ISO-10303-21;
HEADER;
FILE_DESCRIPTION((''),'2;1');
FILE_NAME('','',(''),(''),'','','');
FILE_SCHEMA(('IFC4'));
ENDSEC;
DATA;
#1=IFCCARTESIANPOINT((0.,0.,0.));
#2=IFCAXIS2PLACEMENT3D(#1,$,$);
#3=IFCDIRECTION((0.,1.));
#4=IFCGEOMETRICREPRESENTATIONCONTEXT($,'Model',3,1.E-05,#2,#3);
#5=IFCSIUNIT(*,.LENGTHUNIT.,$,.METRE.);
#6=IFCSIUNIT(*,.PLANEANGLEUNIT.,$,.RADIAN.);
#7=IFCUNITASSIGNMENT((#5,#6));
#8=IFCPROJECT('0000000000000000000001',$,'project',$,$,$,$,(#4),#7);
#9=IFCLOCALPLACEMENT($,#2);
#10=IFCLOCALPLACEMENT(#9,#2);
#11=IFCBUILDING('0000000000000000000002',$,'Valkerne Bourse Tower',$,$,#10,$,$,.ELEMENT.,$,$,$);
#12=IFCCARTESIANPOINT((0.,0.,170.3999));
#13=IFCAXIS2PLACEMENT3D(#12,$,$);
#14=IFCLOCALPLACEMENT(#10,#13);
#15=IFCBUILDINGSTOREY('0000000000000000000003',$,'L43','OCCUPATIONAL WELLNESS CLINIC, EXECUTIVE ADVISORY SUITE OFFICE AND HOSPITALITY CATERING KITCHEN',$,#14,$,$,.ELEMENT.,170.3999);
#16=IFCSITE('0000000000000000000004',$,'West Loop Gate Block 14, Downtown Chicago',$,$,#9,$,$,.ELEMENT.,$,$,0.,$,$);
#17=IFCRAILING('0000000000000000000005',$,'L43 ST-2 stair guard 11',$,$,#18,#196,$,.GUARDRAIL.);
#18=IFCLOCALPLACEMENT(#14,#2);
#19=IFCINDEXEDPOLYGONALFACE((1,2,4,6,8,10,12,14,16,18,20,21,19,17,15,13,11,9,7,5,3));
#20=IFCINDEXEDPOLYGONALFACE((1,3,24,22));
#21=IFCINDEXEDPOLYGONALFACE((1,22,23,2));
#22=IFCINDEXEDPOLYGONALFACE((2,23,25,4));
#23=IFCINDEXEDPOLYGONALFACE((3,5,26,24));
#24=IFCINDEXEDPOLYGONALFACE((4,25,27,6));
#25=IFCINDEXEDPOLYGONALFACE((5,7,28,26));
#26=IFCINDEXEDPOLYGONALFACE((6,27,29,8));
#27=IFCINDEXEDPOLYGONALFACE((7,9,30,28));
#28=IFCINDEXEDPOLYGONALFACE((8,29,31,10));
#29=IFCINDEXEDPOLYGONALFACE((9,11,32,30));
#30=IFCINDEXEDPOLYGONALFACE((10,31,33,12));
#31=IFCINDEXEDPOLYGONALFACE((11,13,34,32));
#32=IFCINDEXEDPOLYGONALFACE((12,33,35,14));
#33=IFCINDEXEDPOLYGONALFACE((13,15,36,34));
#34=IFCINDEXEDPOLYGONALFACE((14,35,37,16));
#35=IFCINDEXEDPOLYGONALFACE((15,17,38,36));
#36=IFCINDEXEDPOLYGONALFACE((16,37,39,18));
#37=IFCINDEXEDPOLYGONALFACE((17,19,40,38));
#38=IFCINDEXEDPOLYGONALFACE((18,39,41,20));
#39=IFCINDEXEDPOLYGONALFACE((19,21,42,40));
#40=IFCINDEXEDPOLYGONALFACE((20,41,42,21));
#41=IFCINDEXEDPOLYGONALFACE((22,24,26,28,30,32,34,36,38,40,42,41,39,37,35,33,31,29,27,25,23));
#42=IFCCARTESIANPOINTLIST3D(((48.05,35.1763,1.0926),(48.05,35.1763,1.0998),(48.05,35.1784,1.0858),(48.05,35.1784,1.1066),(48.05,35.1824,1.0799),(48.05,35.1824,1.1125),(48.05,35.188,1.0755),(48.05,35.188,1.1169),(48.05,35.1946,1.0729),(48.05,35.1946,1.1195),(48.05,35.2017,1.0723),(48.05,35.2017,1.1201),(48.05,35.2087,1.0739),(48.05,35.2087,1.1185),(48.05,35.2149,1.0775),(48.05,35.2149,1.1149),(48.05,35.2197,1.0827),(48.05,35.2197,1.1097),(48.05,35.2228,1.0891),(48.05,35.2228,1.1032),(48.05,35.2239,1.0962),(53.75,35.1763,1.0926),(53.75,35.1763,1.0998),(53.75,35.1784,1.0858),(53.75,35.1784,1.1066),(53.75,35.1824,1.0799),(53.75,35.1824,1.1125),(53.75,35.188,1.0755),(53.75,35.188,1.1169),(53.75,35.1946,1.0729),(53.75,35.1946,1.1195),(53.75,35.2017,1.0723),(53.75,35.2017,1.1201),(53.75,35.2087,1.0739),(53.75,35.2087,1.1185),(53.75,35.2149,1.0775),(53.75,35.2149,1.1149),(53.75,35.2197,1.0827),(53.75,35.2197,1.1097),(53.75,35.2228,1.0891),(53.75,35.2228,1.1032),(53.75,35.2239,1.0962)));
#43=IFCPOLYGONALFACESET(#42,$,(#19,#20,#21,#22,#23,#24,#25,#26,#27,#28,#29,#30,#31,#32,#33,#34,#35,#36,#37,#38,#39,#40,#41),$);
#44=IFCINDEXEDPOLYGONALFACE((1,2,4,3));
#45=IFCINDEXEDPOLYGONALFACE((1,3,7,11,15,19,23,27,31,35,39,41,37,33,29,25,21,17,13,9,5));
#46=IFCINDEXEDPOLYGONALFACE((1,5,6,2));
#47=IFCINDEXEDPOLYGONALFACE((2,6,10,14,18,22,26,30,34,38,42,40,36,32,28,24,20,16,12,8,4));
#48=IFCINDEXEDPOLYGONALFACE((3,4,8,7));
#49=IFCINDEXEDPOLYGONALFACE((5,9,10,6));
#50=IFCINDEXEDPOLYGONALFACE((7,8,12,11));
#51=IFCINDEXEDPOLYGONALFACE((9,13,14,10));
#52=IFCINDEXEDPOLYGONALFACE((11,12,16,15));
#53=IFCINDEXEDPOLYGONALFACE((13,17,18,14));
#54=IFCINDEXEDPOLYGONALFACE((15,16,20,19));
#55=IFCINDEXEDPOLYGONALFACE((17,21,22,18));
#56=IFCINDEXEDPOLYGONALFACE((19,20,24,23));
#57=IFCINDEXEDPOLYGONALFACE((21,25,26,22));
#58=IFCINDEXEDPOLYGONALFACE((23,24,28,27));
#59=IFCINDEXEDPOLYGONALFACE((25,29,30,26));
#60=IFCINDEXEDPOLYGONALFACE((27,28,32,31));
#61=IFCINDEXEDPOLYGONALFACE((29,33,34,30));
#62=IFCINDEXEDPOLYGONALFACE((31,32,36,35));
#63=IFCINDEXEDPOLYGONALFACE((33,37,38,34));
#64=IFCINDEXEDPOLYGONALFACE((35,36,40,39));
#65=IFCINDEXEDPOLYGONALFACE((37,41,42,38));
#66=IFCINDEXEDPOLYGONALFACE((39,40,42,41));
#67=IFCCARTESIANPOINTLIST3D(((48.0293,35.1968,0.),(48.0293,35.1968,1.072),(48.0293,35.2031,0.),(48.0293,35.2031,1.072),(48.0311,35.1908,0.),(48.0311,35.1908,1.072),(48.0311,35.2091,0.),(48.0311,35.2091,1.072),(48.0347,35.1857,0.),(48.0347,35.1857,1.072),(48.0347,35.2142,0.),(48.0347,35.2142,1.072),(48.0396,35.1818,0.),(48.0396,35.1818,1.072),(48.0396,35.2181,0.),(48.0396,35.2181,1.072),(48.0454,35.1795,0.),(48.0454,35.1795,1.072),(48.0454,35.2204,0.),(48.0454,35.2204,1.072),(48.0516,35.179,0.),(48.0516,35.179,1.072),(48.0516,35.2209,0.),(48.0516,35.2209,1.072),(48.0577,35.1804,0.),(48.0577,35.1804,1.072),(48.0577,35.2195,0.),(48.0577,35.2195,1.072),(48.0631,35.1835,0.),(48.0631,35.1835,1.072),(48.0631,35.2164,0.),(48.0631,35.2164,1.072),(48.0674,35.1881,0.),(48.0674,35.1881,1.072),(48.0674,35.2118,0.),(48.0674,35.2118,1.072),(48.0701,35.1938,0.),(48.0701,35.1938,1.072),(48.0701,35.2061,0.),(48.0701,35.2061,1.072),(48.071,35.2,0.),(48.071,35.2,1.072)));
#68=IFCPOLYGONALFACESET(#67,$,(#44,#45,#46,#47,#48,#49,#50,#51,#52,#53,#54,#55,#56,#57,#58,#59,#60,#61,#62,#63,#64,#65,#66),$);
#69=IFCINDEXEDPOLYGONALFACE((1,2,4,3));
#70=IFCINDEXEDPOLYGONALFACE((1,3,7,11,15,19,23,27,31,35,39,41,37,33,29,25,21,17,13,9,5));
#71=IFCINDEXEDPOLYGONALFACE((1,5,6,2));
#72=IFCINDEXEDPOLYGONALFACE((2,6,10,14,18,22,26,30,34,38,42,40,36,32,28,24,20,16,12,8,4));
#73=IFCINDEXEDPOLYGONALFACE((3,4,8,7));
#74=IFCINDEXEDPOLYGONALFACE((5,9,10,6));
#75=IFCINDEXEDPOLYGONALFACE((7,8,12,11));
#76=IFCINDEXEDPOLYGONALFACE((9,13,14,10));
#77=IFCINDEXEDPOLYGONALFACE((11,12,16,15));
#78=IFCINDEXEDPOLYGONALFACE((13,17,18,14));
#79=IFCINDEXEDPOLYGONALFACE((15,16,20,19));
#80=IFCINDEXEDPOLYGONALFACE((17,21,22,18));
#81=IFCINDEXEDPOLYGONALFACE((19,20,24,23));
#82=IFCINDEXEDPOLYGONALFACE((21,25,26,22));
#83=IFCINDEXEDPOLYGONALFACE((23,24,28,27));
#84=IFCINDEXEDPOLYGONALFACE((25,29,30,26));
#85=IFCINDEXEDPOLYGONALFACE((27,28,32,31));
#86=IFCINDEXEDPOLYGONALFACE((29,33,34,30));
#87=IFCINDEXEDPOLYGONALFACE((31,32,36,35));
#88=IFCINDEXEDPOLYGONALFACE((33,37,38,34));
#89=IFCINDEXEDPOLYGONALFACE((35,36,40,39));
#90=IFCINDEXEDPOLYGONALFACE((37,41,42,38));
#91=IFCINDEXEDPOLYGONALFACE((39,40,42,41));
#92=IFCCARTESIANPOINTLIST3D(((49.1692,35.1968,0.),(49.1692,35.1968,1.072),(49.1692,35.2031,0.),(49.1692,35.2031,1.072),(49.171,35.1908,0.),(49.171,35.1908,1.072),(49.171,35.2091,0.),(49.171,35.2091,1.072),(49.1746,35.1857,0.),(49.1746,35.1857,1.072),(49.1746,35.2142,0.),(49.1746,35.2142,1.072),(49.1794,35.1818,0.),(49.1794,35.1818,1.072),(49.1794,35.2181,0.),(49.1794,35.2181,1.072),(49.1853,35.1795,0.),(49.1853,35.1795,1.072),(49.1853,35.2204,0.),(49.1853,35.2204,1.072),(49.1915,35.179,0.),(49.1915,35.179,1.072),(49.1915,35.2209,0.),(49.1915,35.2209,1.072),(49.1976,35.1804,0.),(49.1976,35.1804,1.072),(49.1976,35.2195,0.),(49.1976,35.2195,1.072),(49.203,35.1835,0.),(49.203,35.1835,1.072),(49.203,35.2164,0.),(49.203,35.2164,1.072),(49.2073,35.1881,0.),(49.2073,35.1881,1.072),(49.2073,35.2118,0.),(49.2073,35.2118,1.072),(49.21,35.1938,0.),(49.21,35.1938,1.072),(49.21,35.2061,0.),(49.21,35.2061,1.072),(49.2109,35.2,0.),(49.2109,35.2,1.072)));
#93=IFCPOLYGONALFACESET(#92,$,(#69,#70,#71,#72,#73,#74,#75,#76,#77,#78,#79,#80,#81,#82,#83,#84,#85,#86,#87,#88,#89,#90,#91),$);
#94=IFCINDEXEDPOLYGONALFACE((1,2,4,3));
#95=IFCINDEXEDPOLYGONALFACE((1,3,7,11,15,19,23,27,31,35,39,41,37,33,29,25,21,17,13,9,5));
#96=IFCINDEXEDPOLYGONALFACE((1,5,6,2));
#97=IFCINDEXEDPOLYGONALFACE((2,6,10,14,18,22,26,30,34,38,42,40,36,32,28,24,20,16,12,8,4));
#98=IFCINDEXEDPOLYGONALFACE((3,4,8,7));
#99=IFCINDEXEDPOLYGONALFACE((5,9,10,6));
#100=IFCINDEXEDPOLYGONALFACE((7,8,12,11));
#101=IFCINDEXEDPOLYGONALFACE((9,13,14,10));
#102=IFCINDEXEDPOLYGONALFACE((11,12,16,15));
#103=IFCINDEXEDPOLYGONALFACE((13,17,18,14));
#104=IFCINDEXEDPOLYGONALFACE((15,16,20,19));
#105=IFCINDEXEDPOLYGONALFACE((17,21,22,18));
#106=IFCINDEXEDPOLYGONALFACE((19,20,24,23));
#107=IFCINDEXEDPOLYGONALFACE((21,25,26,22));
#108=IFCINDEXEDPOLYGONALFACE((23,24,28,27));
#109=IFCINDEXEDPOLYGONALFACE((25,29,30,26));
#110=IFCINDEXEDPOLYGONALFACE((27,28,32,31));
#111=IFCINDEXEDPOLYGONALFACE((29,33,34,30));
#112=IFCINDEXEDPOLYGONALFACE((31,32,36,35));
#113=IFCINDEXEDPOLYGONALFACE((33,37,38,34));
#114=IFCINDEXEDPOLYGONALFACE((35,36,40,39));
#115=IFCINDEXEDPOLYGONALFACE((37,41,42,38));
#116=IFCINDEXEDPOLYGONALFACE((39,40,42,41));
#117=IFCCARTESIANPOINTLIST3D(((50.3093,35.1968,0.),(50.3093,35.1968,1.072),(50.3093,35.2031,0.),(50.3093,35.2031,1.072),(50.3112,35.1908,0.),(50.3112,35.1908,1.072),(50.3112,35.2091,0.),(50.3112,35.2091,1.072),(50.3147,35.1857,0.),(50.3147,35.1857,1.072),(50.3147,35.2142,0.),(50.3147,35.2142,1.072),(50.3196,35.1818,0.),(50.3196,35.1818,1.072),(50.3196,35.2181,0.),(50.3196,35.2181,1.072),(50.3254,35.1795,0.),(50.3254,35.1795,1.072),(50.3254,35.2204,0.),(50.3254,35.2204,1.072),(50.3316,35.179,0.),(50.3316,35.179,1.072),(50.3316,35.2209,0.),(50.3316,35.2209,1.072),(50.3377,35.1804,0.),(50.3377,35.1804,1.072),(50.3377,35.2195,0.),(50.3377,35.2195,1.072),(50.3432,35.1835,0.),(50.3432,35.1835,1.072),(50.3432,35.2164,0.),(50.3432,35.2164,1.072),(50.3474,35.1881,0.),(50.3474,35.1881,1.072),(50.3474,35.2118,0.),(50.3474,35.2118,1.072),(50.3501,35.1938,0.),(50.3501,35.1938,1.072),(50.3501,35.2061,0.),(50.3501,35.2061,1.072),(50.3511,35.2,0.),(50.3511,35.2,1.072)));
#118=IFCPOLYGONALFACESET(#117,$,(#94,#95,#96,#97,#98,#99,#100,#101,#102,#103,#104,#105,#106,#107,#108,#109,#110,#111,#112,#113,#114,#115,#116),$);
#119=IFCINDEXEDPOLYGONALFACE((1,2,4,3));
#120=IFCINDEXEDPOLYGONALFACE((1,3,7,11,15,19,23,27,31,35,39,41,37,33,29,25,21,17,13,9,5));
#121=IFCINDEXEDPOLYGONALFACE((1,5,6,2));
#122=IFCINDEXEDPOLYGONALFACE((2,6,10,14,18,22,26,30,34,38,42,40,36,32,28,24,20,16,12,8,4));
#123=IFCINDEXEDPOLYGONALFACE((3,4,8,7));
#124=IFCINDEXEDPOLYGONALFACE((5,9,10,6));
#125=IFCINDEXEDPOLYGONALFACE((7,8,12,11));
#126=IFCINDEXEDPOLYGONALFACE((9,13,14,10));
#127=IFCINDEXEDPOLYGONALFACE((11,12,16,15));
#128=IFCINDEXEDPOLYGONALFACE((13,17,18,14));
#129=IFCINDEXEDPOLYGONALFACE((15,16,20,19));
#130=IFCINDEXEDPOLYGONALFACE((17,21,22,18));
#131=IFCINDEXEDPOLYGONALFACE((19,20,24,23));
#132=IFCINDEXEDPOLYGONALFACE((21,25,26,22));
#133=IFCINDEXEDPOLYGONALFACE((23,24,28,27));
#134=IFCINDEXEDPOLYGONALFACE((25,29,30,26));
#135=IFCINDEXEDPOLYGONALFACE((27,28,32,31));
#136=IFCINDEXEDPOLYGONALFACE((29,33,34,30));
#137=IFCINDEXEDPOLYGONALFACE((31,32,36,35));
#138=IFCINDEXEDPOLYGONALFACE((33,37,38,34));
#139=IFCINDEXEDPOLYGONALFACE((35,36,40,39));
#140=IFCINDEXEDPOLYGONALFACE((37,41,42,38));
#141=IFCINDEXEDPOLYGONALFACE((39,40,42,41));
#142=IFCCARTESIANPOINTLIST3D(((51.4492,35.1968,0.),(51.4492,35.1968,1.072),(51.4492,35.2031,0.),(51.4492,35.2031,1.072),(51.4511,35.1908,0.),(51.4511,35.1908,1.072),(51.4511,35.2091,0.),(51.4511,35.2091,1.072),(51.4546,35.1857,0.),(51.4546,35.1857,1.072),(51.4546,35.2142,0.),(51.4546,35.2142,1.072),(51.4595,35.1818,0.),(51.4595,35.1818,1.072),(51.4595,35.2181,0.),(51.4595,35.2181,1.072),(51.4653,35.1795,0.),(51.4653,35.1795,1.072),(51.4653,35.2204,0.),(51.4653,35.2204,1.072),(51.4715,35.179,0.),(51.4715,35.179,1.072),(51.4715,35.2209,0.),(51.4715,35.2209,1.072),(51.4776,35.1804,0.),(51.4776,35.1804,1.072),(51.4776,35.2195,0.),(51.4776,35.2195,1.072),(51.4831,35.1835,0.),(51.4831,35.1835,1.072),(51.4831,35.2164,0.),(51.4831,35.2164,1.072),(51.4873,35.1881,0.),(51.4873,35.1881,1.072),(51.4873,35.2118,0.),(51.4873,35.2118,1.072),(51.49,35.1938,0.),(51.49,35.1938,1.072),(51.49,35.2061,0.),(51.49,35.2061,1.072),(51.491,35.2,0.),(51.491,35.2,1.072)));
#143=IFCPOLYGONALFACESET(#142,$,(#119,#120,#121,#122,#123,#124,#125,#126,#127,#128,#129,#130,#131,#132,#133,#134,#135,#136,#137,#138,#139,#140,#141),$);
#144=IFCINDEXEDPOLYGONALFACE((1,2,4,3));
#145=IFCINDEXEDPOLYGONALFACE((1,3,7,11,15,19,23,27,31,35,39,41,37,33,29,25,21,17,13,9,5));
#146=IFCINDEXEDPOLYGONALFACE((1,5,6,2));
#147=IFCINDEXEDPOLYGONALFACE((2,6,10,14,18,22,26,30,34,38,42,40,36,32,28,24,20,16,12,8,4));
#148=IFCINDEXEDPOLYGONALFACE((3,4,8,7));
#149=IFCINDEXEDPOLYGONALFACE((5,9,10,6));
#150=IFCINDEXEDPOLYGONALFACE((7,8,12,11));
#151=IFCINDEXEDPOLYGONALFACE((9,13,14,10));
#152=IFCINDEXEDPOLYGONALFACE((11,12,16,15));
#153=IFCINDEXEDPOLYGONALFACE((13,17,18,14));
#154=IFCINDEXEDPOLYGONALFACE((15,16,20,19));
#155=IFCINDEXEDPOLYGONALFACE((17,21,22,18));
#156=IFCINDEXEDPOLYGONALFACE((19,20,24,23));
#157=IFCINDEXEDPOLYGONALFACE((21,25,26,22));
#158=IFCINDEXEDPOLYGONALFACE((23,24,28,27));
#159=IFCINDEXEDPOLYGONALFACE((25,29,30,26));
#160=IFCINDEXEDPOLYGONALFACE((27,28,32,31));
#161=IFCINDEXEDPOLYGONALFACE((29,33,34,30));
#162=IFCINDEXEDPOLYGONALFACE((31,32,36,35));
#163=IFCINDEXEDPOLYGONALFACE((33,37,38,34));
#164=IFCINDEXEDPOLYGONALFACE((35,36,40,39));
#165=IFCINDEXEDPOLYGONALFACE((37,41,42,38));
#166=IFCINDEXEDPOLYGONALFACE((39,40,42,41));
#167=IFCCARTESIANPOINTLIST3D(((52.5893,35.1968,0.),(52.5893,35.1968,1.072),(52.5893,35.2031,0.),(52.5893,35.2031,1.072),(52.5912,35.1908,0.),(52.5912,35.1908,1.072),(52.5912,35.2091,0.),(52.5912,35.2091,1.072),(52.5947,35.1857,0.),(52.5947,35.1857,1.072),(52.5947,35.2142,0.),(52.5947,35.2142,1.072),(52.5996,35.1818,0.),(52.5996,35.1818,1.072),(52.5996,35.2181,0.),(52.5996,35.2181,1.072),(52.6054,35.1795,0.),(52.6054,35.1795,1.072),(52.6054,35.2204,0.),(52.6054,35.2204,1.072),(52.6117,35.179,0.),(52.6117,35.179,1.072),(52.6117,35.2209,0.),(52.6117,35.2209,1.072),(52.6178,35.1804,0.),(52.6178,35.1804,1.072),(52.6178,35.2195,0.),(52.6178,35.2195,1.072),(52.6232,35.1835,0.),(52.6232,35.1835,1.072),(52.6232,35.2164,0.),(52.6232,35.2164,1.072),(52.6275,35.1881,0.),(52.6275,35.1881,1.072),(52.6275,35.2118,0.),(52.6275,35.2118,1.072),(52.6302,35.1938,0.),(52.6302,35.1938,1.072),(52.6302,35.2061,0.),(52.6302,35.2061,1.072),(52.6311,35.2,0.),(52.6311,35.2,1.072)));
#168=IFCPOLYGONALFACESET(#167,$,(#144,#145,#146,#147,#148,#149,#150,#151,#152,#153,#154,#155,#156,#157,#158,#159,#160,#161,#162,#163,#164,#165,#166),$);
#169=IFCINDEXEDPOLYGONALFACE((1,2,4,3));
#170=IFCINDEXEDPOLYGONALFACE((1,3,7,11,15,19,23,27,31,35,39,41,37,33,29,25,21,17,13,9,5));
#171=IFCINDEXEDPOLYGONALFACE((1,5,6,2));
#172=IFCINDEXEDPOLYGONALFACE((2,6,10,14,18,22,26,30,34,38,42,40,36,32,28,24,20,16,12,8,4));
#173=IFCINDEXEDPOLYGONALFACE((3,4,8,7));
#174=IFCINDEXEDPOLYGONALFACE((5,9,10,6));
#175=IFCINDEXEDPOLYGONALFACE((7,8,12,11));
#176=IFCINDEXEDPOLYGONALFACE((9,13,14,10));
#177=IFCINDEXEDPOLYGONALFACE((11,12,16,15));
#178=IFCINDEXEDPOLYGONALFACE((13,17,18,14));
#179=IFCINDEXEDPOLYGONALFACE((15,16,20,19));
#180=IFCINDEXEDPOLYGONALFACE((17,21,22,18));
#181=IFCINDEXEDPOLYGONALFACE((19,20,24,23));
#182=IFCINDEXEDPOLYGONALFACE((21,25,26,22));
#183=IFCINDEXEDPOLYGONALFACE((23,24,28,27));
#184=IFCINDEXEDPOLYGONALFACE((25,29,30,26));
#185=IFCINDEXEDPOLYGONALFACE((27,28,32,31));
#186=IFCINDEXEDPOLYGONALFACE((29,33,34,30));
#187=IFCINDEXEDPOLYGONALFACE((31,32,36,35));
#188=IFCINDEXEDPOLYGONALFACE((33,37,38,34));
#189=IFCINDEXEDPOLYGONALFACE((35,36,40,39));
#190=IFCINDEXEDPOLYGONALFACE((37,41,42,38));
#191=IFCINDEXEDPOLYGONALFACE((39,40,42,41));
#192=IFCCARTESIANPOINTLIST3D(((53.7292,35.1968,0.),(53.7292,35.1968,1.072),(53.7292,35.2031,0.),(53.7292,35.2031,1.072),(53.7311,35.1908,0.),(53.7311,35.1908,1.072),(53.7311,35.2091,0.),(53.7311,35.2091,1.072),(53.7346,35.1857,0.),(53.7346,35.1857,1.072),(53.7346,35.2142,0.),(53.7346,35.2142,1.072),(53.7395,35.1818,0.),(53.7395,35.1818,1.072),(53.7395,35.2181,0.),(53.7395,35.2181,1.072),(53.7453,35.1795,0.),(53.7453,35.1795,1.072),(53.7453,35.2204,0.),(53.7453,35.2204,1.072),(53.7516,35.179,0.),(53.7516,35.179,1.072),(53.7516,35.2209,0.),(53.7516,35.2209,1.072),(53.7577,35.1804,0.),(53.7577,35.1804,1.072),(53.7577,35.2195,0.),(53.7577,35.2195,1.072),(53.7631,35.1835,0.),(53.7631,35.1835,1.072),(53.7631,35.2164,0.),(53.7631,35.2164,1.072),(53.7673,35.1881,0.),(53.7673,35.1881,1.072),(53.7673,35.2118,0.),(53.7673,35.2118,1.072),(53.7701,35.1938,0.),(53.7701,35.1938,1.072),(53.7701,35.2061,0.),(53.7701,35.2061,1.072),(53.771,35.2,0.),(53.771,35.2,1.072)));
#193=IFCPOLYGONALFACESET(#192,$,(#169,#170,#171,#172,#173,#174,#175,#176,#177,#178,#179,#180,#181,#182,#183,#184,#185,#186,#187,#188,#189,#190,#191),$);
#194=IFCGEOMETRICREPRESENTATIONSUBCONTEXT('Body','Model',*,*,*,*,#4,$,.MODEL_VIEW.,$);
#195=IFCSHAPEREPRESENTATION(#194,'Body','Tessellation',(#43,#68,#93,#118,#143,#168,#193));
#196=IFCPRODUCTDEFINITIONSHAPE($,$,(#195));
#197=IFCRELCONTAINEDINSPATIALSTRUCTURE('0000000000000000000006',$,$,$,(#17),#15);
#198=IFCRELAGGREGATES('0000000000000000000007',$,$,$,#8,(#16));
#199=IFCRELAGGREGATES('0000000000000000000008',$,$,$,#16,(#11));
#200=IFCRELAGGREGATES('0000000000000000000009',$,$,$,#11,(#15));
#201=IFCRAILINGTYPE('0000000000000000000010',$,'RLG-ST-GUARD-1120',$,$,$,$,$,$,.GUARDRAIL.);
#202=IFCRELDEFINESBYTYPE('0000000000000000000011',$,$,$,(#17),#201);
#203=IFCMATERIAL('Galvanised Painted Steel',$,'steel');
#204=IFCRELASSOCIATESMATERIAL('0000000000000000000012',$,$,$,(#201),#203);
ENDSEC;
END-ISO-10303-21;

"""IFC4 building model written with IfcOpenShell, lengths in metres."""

from ifc_helpers import new_model, si_unit, direction, frame, origin, origin_2d, place, context, subcontext, project, spatial, circle, extrude, material, type_object, element, save


model = new_model("IFC4")

# Units and contexts
model_context = context("Model", 3, precision=1e-05, world=origin(), true_north=direction((0.0, 1.0)))
body_context = subcontext(model_context, "Body", "Model", "MODEL_VIEW")
ifc_project = project(units=[si_unit("LENGTHUNIT", "METRE"), si_unit("PLANEANGLEUNIT", "RADIAN")], contexts=[model_context])

# Site, building, storey
site_placement = place(None, origin())
site = spatial("IfcSite", under=ifc_project, at=site_placement, Name="West Loop Gate Block 14, Downtown Chicago", CompositionType="ELEMENT", RefElevation=0.0)
building_placement = place(site_placement, origin())
building = spatial("IfcBuilding", under=site, at=building_placement, Name="Valkerne Bourse Tower", CompositionType="ELEMENT")
storey_placement = place(building_placement, frame((0.0, 0.0, 170.3999)))
storey = spatial("IfcBuildingStorey", under=building, at=storey_placement, Name="L43", Description="OCCUPATIONAL WELLNESS CLINIC, EXECUTIVE ADVISORY SUITE OFFICE AND HOSPITALITY CATERING KITCHEN", CompositionType="ELEMENT", Elevation=170.3999)

# Shared definitions
ifc_material_1 = material(Name="Galvanised Painted Steel", Category="steel")

# Railing
railing_type_1 = type_object("IfcRailingType", Name="RLG-ST-GUARD-1120", PredefinedType="GUARDRAIL", material=ifc_material_1)
for number, where, name in (
    (1, (48.05, 35.2, 0.0), "L43 ST-2 stair guard 11"),
):
    element("IfcRailing", number, at=place(storey_placement, frame(where)), inside=storey, type_object=railing_type_1, Name=name, PredefinedType="GUARDRAIL", context=body_context, shape_type="SweptSolid", body=[
        extrude(circle(Radius=0.0239, at=origin_2d()), frame((0.0, 0.0, 1.0962), z_axis=(1.0, 0.0, 0.0), x_axis=(0.0, 1.0, 0.0)), (0.0, 0.0, 1.0), 5.7),
        extrude(circle(Radius=0.021, at=origin_2d()), origin(), (0.0, 0.0, 1.0), 1.072),
        extrude(circle(Radius=0.021, at=origin_2d()), frame((1.1399, 0.0, 0.0)), (0.0, 0.0, 1.0), 1.072),
        extrude(circle(Radius=0.021, at=origin_2d()), frame((2.28, 0.0, 0.0)), (0.0, 0.0, 1.0), 1.072),
        extrude(circle(Radius=0.021, at=origin_2d()), frame((3.4199, 0.0, 0.0)), (0.0, 0.0, 1.0), 1.072),
        extrude(circle(Radius=0.021, at=origin_2d()), frame((4.5601, 0.0, 0.0)), (0.0, 0.0, 1.0), 1.072),
        extrude(circle(Radius=0.021, at=origin_2d()), frame((5.7, 0.0, 0.0)), (0.0, 0.0, 1.0), 1.072),
    ])

save(model, "model.ifc")
